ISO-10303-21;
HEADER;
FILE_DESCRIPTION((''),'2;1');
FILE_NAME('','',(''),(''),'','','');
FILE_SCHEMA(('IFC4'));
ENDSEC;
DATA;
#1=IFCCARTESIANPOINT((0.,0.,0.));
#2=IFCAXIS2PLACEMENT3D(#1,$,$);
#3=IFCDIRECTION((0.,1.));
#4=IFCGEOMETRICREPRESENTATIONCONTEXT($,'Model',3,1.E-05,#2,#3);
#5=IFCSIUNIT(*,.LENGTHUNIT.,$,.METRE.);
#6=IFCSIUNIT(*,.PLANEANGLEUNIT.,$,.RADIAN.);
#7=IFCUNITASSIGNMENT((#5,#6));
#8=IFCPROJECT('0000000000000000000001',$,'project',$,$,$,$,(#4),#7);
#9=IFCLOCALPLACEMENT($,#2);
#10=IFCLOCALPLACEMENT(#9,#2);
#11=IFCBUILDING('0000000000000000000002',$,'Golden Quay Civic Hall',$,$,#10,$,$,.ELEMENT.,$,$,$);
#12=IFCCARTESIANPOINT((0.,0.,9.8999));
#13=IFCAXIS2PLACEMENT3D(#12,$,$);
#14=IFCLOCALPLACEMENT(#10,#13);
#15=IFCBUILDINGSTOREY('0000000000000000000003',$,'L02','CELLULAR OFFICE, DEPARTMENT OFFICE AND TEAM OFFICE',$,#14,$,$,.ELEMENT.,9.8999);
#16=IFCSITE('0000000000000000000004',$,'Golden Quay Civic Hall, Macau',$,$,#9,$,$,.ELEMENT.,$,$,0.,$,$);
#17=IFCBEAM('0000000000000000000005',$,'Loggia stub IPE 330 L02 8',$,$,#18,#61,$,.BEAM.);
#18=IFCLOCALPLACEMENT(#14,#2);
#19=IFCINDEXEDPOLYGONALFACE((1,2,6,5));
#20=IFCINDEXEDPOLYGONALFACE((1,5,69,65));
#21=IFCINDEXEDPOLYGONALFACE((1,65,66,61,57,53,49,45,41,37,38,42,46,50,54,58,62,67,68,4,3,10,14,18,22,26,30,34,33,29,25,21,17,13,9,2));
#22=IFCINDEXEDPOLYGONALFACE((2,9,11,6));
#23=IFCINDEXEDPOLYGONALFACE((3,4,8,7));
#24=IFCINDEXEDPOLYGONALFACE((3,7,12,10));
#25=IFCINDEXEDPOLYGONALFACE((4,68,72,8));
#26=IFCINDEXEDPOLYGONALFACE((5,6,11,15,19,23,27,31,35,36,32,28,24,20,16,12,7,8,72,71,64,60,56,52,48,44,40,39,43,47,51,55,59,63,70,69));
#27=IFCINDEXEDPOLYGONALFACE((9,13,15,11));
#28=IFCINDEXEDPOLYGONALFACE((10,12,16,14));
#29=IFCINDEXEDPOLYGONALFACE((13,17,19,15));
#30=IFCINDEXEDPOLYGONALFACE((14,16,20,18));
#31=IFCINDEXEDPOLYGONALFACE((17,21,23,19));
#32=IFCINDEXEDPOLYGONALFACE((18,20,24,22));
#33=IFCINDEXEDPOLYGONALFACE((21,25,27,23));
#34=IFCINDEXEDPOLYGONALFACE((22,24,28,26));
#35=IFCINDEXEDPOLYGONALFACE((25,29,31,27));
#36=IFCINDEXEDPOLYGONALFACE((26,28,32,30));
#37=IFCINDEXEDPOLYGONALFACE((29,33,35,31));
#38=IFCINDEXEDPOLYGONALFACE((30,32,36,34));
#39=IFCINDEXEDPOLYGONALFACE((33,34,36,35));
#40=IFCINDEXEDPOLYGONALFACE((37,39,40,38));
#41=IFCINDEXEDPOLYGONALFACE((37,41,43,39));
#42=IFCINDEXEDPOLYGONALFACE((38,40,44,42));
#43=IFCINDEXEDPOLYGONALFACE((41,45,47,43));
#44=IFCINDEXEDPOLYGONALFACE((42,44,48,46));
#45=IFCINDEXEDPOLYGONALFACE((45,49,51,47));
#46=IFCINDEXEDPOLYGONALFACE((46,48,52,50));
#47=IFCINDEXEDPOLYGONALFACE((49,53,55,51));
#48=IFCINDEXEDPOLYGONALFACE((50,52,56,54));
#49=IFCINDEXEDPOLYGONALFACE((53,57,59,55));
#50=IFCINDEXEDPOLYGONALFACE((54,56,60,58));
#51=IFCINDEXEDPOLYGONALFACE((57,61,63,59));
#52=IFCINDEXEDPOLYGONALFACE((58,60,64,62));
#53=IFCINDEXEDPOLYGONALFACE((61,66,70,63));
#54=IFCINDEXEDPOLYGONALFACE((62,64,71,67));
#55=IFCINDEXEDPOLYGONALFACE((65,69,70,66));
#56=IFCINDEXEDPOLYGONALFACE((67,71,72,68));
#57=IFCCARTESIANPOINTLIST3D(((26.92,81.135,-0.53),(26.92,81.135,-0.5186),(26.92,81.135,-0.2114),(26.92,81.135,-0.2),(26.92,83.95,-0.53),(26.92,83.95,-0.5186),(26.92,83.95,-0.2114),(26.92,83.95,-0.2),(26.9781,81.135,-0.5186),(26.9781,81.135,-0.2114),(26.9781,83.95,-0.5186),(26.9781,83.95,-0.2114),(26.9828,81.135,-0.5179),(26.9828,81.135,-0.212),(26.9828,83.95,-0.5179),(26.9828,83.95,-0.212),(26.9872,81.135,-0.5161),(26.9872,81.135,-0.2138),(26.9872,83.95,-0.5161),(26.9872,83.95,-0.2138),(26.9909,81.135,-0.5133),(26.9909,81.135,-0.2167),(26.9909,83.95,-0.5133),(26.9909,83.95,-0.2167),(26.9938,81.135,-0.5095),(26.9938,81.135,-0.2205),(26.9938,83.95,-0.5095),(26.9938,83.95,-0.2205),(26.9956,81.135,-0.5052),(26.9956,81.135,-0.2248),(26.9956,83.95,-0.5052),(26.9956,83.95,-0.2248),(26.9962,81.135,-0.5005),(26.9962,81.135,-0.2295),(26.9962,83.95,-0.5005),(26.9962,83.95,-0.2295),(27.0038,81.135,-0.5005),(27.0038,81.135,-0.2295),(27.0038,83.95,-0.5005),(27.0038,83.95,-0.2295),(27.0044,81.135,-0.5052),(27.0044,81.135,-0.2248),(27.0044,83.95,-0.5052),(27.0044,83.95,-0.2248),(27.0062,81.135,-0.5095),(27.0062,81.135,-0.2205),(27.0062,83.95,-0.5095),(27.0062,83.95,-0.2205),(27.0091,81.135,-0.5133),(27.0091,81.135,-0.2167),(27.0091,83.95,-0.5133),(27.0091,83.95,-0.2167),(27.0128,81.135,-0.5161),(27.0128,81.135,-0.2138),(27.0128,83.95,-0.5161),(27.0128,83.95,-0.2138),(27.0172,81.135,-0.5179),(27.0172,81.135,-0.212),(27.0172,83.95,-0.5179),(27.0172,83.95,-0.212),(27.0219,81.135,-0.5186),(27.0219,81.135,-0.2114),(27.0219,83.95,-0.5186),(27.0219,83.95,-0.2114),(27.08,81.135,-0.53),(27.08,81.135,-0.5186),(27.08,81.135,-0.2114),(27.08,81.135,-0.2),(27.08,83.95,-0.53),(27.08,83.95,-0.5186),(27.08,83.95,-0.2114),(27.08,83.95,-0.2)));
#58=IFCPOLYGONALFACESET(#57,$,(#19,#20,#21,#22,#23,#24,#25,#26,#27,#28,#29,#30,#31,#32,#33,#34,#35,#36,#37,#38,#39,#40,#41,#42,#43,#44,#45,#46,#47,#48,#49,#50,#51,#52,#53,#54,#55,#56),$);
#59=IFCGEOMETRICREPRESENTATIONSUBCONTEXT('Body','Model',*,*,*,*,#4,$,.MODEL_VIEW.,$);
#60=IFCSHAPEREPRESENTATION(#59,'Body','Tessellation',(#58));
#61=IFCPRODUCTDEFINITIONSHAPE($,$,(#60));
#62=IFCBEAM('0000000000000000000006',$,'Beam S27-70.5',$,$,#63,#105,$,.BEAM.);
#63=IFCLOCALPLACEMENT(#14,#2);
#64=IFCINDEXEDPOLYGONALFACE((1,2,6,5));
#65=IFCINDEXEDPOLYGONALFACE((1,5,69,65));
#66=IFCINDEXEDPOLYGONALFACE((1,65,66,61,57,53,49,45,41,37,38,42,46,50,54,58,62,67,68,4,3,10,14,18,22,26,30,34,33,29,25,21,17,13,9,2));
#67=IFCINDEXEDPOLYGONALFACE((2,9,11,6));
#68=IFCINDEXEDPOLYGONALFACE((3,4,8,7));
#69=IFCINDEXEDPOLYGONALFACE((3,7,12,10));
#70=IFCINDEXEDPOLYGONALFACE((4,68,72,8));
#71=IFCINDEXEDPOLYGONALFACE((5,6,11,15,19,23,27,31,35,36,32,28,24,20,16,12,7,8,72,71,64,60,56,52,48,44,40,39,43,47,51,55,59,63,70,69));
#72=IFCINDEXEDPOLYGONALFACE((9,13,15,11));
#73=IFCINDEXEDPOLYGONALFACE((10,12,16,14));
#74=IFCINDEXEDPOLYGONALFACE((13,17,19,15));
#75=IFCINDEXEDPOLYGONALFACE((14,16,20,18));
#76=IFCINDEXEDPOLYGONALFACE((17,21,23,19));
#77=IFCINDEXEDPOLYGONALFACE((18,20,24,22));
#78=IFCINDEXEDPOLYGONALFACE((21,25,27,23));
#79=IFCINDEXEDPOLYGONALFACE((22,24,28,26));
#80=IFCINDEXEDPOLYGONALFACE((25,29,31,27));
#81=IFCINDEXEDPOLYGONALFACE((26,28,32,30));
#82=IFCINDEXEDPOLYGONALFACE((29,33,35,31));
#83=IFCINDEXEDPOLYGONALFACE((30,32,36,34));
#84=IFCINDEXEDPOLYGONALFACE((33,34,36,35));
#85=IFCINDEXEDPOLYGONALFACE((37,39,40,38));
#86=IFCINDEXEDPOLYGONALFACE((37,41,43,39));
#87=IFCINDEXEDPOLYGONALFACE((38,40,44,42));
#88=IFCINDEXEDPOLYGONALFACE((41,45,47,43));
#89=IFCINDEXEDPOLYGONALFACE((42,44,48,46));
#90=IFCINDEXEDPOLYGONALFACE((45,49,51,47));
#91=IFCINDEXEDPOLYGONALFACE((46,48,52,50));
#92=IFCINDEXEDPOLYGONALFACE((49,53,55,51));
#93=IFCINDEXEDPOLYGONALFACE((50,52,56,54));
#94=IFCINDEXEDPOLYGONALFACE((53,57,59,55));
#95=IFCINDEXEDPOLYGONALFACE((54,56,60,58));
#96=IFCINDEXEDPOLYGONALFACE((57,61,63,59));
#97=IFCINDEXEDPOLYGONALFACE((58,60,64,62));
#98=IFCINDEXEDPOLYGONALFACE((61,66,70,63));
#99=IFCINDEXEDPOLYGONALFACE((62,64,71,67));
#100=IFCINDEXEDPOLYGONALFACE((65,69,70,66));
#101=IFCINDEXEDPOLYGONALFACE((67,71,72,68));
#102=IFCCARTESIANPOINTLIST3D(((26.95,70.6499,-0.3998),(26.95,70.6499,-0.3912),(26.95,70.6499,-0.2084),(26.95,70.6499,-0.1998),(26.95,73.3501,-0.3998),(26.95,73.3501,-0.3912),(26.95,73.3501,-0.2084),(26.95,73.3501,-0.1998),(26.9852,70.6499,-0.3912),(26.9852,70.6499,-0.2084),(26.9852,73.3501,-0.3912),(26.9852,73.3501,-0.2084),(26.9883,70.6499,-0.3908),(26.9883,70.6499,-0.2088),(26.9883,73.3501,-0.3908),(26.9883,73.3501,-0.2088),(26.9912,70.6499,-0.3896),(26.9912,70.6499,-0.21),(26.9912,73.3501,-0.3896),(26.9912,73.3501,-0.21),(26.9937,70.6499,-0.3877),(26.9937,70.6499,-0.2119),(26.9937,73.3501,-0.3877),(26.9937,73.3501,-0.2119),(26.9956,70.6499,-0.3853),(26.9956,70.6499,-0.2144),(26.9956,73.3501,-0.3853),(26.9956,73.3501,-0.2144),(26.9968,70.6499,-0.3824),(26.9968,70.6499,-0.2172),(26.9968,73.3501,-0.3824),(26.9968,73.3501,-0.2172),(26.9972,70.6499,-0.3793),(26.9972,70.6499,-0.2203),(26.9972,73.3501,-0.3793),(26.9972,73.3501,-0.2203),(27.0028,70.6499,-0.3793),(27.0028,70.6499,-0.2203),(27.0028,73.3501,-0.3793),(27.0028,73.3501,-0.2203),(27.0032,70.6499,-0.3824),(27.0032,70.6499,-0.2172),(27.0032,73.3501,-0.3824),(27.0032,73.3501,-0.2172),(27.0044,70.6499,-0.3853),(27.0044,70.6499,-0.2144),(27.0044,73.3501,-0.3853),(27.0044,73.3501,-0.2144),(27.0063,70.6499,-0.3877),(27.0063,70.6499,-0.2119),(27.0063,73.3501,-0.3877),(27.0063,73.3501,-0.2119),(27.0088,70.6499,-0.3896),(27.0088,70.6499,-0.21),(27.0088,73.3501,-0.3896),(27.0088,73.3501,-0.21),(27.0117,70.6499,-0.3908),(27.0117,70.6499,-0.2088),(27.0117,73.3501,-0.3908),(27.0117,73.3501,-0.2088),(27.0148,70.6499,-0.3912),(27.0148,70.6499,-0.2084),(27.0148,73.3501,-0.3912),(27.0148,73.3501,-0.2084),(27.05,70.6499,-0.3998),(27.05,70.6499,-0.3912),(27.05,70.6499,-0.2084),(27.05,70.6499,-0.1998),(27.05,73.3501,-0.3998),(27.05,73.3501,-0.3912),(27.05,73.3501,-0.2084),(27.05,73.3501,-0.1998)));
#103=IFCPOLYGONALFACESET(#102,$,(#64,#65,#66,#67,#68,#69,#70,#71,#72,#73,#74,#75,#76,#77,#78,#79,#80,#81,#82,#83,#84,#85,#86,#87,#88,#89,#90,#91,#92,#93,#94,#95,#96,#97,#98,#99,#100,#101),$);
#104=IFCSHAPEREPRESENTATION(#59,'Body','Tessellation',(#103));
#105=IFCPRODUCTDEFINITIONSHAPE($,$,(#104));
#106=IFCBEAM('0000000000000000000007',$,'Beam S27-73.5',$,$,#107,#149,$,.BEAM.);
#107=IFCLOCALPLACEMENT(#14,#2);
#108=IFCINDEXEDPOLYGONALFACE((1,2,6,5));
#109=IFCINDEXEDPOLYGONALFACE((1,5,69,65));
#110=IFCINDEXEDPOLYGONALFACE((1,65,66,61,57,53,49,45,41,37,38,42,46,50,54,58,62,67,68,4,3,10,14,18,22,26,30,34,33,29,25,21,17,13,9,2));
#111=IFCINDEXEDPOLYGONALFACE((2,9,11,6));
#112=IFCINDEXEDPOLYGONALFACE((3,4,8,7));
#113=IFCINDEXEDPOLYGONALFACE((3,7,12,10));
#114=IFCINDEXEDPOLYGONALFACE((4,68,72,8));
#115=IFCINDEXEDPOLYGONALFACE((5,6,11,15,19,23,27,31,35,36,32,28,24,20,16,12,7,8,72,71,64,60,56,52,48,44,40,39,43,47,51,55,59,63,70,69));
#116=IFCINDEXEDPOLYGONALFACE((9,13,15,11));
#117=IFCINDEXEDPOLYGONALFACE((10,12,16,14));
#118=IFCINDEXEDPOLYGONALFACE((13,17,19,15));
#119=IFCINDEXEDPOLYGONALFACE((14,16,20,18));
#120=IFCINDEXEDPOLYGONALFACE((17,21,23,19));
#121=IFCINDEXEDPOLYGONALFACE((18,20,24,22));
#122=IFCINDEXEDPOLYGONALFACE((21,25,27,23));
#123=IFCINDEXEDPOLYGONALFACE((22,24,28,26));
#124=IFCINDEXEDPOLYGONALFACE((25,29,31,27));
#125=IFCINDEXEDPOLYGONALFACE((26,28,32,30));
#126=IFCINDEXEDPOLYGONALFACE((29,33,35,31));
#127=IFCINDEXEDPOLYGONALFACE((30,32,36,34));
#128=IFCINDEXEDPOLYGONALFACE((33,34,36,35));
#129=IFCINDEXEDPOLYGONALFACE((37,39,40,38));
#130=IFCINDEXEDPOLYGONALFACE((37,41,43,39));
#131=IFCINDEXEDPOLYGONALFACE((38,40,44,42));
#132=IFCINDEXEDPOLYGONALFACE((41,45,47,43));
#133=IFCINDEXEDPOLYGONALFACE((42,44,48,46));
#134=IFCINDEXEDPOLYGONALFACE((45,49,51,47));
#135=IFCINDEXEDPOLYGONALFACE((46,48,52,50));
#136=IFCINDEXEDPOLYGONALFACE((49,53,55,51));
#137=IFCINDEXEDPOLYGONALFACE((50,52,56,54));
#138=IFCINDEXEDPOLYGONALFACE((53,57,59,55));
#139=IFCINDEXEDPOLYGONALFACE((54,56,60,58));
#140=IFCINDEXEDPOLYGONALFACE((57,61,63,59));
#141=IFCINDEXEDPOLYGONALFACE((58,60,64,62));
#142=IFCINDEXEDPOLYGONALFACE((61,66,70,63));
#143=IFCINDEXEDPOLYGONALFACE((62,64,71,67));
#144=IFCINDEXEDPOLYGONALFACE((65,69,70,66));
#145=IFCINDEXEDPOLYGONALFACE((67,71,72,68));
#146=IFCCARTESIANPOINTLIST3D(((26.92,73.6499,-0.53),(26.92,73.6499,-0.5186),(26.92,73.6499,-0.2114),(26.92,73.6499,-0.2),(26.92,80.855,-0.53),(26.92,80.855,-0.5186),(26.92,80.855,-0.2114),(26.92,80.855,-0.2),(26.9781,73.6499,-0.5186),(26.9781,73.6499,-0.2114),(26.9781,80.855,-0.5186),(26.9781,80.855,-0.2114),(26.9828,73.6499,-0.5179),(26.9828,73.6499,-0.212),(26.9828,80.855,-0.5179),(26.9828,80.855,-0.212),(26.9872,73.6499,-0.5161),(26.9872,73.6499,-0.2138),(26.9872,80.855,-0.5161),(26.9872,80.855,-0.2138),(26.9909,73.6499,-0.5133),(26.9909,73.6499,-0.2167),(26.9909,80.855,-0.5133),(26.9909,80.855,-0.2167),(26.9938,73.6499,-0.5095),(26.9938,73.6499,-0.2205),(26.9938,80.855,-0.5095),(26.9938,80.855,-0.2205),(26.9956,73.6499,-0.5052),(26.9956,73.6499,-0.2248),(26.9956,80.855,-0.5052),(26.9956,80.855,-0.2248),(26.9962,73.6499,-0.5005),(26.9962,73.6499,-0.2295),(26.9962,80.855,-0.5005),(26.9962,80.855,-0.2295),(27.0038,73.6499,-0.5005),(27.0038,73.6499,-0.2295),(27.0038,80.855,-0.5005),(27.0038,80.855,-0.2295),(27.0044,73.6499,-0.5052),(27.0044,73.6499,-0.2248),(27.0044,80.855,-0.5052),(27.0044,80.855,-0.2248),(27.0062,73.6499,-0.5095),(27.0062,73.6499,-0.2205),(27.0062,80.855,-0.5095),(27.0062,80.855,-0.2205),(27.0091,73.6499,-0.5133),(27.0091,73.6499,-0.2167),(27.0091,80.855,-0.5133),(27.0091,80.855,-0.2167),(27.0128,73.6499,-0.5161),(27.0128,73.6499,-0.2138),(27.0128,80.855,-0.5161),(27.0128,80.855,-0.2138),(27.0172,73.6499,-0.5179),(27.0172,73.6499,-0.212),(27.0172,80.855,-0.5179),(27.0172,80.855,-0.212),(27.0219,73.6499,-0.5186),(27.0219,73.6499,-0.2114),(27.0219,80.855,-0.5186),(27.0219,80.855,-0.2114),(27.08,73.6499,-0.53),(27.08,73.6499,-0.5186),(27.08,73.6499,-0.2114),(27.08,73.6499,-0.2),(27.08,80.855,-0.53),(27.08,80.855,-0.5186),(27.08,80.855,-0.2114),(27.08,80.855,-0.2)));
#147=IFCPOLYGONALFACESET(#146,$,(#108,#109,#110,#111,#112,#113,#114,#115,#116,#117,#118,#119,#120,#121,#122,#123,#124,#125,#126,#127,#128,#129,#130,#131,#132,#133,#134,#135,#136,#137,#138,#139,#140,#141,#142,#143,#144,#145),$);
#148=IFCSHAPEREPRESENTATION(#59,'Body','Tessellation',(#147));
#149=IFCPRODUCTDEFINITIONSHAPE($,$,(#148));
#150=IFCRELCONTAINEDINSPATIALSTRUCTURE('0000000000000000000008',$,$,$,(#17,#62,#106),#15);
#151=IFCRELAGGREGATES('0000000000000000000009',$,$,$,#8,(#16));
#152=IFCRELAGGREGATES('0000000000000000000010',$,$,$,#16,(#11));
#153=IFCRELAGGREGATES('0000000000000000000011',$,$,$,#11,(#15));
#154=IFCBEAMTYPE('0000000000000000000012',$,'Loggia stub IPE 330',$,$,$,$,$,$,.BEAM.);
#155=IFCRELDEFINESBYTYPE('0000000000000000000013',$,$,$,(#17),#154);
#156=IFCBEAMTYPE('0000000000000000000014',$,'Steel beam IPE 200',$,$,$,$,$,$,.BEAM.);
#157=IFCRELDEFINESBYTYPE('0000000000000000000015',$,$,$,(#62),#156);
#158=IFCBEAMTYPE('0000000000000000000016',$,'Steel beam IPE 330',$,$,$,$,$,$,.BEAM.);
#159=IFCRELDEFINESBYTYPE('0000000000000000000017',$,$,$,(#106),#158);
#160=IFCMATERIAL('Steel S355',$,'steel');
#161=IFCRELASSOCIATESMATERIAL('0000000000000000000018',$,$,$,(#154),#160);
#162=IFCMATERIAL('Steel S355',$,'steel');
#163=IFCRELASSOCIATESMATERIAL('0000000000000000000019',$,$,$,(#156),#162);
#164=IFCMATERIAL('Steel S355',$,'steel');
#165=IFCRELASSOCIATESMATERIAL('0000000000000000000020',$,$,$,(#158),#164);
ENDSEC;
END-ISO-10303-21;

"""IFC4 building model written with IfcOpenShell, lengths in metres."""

from ifc_helpers import new_model, si_unit, direction, frame, origin, origin_2d, place, context, subcontext, project, spatial, i_section, extrude, material, material_profile, profile_set, type_object, element, save


model = new_model("IFC4")

# Units and contexts
model_context = context("Model", 3, precision=1e-05, world=origin(), true_north=direction((0.0, 1.0)))
body_context = subcontext(model_context, "Body", "Model", "MODEL_VIEW")
ifc_project = project(units=[si_unit("LENGTHUNIT", "METRE"), si_unit("PLANEANGLEUNIT", "RADIAN")], contexts=[model_context])

# Site, building, storey
site_placement = place(None, origin())
site = spatial("IfcSite", under=ifc_project, at=site_placement, Name="Golden Quay Civic Hall, Macau", CompositionType="ELEMENT", RefElevation=0.0)
building_placement = place(site_placement, origin())
building = spatial("IfcBuilding", under=site, at=building_placement, Name="Golden Quay Civic Hall", CompositionType="ELEMENT")
storey_placement = place(building_placement, frame((0.0, 0.0, 9.8999)))
storey = spatial("IfcBuildingStorey", under=building, at=storey_placement, Name="L02", Description="CELLULAR OFFICE, DEPARTMENT OFFICE AND TEAM OFFICE", CompositionType="ELEMENT", Elevation=9.8999)

# Beams
ifc_material_1 = material(Name="Steel S355", Category="steel")
ifc_material_profile_1 = material_profile(ifc_material_1, i_section(OverallWidth=0.1599, OverallDepth=0.3301, WebThickness=0.0076, FlangeThickness=0.0115, FilletRadius=0.0181, at=origin_2d()), Name="IPE 330")
ifc_profile_set_1 = profile_set([ifc_material_profile_1], Name="Steel S355")
beam_type_1 = type_object("IfcBeamType", Name="Loggia stub IPE 330", PredefinedType="BEAM", material=ifc_profile_set_1)
beam_1_placement = place(storey_placement, frame((27.0, 81.135, -0.365), z_axis=(0.0, 1.0, 0.0), x_axis=(-1.0, 0.0, 0.0)))
element("IfcBeam", 1, at=beam_1_placement, inside=storey, type_object=beam_type_1, Name="Loggia stub IPE 330 L02 8", PredefinedType="BEAM", context=body_context, shape_type="SweptSolid", body=[
    extrude(i_section(OverallWidth=0.1599, OverallDepth=0.3301, WebThickness=0.0076, FlangeThickness=0.0115, FilletRadius=0.0181, at=origin_2d()), origin(), (0.0, 0.0, 1.0), 2.8149),
])
ifc_material_2 = material(Name="Steel S355", Category="steel")
ifc_material_profile_2 = material_profile(ifc_material_2, i_section(OverallWidth=0.1001, OverallDepth=0.2, WebThickness=0.0056, FlangeThickness=0.0085, FilletRadius=0.012, at=origin_2d()), Name="IPE 200")
ifc_profile_set_2 = profile_set([ifc_material_profile_2], Name="Steel S355")
beam_type_2 = type_object("IfcBeamType", Name="Steel beam IPE 200", PredefinedType="BEAM", material=ifc_profile_set_2)
beam_2_placement = place(storey_placement, frame((27.0, 70.6499, -0.2998), z_axis=(0.0, 1.0, 0.0), x_axis=(-1.0, 0.0, 0.0)))
element("IfcBeam", 2, at=beam_2_placement, inside=storey, type_object=beam_type_2, Name="Beam S27-70.5", PredefinedType="BEAM", context=body_context, shape_type="SweptSolid", body=[
    extrude(i_section(OverallWidth=0.1001, OverallDepth=0.2, WebThickness=0.0056, FlangeThickness=0.0085, FilletRadius=0.012, at=origin_2d()), origin(), (0.0, 0.0, 1.0), 2.7002),
])
ifc_material_3 = material(Name="Steel S355", Category="steel")
ifc_material_profile_3 = material_profile(ifc_material_3, i_section(OverallWidth=0.1599, OverallDepth=0.3301, WebThickness=0.0076, FlangeThickness=0.0115, FilletRadius=0.0181, at=origin_2d()), Name="IPE 330")
ifc_profile_set_3 = profile_set([ifc_material_profile_3], Name="Steel S355")
beam_type_3 = type_object("IfcBeamType", Name="Steel beam IPE 330", PredefinedType="BEAM", material=ifc_profile_set_3)
beam_3_placement = place(storey_placement, frame((27.0, 73.6499, -0.365), z_axis=(0.0, 1.0, 0.0), x_axis=(-1.0, 0.0, 0.0)))
element("IfcBeam", 3, at=beam_3_placement, inside=storey, type_object=beam_type_3, Name="Beam S27-73.5", PredefinedType="BEAM", context=body_context, shape_type="SweptSolid", body=[
    extrude(i_section(OverallWidth=0.1599, OverallDepth=0.3301, WebThickness=0.0076, FlangeThickness=0.0115, FilletRadius=0.0181, at=origin_2d()), origin(), (0.0, 0.0, 1.0), 7.2051),
])

save(model, "model.ifc")
